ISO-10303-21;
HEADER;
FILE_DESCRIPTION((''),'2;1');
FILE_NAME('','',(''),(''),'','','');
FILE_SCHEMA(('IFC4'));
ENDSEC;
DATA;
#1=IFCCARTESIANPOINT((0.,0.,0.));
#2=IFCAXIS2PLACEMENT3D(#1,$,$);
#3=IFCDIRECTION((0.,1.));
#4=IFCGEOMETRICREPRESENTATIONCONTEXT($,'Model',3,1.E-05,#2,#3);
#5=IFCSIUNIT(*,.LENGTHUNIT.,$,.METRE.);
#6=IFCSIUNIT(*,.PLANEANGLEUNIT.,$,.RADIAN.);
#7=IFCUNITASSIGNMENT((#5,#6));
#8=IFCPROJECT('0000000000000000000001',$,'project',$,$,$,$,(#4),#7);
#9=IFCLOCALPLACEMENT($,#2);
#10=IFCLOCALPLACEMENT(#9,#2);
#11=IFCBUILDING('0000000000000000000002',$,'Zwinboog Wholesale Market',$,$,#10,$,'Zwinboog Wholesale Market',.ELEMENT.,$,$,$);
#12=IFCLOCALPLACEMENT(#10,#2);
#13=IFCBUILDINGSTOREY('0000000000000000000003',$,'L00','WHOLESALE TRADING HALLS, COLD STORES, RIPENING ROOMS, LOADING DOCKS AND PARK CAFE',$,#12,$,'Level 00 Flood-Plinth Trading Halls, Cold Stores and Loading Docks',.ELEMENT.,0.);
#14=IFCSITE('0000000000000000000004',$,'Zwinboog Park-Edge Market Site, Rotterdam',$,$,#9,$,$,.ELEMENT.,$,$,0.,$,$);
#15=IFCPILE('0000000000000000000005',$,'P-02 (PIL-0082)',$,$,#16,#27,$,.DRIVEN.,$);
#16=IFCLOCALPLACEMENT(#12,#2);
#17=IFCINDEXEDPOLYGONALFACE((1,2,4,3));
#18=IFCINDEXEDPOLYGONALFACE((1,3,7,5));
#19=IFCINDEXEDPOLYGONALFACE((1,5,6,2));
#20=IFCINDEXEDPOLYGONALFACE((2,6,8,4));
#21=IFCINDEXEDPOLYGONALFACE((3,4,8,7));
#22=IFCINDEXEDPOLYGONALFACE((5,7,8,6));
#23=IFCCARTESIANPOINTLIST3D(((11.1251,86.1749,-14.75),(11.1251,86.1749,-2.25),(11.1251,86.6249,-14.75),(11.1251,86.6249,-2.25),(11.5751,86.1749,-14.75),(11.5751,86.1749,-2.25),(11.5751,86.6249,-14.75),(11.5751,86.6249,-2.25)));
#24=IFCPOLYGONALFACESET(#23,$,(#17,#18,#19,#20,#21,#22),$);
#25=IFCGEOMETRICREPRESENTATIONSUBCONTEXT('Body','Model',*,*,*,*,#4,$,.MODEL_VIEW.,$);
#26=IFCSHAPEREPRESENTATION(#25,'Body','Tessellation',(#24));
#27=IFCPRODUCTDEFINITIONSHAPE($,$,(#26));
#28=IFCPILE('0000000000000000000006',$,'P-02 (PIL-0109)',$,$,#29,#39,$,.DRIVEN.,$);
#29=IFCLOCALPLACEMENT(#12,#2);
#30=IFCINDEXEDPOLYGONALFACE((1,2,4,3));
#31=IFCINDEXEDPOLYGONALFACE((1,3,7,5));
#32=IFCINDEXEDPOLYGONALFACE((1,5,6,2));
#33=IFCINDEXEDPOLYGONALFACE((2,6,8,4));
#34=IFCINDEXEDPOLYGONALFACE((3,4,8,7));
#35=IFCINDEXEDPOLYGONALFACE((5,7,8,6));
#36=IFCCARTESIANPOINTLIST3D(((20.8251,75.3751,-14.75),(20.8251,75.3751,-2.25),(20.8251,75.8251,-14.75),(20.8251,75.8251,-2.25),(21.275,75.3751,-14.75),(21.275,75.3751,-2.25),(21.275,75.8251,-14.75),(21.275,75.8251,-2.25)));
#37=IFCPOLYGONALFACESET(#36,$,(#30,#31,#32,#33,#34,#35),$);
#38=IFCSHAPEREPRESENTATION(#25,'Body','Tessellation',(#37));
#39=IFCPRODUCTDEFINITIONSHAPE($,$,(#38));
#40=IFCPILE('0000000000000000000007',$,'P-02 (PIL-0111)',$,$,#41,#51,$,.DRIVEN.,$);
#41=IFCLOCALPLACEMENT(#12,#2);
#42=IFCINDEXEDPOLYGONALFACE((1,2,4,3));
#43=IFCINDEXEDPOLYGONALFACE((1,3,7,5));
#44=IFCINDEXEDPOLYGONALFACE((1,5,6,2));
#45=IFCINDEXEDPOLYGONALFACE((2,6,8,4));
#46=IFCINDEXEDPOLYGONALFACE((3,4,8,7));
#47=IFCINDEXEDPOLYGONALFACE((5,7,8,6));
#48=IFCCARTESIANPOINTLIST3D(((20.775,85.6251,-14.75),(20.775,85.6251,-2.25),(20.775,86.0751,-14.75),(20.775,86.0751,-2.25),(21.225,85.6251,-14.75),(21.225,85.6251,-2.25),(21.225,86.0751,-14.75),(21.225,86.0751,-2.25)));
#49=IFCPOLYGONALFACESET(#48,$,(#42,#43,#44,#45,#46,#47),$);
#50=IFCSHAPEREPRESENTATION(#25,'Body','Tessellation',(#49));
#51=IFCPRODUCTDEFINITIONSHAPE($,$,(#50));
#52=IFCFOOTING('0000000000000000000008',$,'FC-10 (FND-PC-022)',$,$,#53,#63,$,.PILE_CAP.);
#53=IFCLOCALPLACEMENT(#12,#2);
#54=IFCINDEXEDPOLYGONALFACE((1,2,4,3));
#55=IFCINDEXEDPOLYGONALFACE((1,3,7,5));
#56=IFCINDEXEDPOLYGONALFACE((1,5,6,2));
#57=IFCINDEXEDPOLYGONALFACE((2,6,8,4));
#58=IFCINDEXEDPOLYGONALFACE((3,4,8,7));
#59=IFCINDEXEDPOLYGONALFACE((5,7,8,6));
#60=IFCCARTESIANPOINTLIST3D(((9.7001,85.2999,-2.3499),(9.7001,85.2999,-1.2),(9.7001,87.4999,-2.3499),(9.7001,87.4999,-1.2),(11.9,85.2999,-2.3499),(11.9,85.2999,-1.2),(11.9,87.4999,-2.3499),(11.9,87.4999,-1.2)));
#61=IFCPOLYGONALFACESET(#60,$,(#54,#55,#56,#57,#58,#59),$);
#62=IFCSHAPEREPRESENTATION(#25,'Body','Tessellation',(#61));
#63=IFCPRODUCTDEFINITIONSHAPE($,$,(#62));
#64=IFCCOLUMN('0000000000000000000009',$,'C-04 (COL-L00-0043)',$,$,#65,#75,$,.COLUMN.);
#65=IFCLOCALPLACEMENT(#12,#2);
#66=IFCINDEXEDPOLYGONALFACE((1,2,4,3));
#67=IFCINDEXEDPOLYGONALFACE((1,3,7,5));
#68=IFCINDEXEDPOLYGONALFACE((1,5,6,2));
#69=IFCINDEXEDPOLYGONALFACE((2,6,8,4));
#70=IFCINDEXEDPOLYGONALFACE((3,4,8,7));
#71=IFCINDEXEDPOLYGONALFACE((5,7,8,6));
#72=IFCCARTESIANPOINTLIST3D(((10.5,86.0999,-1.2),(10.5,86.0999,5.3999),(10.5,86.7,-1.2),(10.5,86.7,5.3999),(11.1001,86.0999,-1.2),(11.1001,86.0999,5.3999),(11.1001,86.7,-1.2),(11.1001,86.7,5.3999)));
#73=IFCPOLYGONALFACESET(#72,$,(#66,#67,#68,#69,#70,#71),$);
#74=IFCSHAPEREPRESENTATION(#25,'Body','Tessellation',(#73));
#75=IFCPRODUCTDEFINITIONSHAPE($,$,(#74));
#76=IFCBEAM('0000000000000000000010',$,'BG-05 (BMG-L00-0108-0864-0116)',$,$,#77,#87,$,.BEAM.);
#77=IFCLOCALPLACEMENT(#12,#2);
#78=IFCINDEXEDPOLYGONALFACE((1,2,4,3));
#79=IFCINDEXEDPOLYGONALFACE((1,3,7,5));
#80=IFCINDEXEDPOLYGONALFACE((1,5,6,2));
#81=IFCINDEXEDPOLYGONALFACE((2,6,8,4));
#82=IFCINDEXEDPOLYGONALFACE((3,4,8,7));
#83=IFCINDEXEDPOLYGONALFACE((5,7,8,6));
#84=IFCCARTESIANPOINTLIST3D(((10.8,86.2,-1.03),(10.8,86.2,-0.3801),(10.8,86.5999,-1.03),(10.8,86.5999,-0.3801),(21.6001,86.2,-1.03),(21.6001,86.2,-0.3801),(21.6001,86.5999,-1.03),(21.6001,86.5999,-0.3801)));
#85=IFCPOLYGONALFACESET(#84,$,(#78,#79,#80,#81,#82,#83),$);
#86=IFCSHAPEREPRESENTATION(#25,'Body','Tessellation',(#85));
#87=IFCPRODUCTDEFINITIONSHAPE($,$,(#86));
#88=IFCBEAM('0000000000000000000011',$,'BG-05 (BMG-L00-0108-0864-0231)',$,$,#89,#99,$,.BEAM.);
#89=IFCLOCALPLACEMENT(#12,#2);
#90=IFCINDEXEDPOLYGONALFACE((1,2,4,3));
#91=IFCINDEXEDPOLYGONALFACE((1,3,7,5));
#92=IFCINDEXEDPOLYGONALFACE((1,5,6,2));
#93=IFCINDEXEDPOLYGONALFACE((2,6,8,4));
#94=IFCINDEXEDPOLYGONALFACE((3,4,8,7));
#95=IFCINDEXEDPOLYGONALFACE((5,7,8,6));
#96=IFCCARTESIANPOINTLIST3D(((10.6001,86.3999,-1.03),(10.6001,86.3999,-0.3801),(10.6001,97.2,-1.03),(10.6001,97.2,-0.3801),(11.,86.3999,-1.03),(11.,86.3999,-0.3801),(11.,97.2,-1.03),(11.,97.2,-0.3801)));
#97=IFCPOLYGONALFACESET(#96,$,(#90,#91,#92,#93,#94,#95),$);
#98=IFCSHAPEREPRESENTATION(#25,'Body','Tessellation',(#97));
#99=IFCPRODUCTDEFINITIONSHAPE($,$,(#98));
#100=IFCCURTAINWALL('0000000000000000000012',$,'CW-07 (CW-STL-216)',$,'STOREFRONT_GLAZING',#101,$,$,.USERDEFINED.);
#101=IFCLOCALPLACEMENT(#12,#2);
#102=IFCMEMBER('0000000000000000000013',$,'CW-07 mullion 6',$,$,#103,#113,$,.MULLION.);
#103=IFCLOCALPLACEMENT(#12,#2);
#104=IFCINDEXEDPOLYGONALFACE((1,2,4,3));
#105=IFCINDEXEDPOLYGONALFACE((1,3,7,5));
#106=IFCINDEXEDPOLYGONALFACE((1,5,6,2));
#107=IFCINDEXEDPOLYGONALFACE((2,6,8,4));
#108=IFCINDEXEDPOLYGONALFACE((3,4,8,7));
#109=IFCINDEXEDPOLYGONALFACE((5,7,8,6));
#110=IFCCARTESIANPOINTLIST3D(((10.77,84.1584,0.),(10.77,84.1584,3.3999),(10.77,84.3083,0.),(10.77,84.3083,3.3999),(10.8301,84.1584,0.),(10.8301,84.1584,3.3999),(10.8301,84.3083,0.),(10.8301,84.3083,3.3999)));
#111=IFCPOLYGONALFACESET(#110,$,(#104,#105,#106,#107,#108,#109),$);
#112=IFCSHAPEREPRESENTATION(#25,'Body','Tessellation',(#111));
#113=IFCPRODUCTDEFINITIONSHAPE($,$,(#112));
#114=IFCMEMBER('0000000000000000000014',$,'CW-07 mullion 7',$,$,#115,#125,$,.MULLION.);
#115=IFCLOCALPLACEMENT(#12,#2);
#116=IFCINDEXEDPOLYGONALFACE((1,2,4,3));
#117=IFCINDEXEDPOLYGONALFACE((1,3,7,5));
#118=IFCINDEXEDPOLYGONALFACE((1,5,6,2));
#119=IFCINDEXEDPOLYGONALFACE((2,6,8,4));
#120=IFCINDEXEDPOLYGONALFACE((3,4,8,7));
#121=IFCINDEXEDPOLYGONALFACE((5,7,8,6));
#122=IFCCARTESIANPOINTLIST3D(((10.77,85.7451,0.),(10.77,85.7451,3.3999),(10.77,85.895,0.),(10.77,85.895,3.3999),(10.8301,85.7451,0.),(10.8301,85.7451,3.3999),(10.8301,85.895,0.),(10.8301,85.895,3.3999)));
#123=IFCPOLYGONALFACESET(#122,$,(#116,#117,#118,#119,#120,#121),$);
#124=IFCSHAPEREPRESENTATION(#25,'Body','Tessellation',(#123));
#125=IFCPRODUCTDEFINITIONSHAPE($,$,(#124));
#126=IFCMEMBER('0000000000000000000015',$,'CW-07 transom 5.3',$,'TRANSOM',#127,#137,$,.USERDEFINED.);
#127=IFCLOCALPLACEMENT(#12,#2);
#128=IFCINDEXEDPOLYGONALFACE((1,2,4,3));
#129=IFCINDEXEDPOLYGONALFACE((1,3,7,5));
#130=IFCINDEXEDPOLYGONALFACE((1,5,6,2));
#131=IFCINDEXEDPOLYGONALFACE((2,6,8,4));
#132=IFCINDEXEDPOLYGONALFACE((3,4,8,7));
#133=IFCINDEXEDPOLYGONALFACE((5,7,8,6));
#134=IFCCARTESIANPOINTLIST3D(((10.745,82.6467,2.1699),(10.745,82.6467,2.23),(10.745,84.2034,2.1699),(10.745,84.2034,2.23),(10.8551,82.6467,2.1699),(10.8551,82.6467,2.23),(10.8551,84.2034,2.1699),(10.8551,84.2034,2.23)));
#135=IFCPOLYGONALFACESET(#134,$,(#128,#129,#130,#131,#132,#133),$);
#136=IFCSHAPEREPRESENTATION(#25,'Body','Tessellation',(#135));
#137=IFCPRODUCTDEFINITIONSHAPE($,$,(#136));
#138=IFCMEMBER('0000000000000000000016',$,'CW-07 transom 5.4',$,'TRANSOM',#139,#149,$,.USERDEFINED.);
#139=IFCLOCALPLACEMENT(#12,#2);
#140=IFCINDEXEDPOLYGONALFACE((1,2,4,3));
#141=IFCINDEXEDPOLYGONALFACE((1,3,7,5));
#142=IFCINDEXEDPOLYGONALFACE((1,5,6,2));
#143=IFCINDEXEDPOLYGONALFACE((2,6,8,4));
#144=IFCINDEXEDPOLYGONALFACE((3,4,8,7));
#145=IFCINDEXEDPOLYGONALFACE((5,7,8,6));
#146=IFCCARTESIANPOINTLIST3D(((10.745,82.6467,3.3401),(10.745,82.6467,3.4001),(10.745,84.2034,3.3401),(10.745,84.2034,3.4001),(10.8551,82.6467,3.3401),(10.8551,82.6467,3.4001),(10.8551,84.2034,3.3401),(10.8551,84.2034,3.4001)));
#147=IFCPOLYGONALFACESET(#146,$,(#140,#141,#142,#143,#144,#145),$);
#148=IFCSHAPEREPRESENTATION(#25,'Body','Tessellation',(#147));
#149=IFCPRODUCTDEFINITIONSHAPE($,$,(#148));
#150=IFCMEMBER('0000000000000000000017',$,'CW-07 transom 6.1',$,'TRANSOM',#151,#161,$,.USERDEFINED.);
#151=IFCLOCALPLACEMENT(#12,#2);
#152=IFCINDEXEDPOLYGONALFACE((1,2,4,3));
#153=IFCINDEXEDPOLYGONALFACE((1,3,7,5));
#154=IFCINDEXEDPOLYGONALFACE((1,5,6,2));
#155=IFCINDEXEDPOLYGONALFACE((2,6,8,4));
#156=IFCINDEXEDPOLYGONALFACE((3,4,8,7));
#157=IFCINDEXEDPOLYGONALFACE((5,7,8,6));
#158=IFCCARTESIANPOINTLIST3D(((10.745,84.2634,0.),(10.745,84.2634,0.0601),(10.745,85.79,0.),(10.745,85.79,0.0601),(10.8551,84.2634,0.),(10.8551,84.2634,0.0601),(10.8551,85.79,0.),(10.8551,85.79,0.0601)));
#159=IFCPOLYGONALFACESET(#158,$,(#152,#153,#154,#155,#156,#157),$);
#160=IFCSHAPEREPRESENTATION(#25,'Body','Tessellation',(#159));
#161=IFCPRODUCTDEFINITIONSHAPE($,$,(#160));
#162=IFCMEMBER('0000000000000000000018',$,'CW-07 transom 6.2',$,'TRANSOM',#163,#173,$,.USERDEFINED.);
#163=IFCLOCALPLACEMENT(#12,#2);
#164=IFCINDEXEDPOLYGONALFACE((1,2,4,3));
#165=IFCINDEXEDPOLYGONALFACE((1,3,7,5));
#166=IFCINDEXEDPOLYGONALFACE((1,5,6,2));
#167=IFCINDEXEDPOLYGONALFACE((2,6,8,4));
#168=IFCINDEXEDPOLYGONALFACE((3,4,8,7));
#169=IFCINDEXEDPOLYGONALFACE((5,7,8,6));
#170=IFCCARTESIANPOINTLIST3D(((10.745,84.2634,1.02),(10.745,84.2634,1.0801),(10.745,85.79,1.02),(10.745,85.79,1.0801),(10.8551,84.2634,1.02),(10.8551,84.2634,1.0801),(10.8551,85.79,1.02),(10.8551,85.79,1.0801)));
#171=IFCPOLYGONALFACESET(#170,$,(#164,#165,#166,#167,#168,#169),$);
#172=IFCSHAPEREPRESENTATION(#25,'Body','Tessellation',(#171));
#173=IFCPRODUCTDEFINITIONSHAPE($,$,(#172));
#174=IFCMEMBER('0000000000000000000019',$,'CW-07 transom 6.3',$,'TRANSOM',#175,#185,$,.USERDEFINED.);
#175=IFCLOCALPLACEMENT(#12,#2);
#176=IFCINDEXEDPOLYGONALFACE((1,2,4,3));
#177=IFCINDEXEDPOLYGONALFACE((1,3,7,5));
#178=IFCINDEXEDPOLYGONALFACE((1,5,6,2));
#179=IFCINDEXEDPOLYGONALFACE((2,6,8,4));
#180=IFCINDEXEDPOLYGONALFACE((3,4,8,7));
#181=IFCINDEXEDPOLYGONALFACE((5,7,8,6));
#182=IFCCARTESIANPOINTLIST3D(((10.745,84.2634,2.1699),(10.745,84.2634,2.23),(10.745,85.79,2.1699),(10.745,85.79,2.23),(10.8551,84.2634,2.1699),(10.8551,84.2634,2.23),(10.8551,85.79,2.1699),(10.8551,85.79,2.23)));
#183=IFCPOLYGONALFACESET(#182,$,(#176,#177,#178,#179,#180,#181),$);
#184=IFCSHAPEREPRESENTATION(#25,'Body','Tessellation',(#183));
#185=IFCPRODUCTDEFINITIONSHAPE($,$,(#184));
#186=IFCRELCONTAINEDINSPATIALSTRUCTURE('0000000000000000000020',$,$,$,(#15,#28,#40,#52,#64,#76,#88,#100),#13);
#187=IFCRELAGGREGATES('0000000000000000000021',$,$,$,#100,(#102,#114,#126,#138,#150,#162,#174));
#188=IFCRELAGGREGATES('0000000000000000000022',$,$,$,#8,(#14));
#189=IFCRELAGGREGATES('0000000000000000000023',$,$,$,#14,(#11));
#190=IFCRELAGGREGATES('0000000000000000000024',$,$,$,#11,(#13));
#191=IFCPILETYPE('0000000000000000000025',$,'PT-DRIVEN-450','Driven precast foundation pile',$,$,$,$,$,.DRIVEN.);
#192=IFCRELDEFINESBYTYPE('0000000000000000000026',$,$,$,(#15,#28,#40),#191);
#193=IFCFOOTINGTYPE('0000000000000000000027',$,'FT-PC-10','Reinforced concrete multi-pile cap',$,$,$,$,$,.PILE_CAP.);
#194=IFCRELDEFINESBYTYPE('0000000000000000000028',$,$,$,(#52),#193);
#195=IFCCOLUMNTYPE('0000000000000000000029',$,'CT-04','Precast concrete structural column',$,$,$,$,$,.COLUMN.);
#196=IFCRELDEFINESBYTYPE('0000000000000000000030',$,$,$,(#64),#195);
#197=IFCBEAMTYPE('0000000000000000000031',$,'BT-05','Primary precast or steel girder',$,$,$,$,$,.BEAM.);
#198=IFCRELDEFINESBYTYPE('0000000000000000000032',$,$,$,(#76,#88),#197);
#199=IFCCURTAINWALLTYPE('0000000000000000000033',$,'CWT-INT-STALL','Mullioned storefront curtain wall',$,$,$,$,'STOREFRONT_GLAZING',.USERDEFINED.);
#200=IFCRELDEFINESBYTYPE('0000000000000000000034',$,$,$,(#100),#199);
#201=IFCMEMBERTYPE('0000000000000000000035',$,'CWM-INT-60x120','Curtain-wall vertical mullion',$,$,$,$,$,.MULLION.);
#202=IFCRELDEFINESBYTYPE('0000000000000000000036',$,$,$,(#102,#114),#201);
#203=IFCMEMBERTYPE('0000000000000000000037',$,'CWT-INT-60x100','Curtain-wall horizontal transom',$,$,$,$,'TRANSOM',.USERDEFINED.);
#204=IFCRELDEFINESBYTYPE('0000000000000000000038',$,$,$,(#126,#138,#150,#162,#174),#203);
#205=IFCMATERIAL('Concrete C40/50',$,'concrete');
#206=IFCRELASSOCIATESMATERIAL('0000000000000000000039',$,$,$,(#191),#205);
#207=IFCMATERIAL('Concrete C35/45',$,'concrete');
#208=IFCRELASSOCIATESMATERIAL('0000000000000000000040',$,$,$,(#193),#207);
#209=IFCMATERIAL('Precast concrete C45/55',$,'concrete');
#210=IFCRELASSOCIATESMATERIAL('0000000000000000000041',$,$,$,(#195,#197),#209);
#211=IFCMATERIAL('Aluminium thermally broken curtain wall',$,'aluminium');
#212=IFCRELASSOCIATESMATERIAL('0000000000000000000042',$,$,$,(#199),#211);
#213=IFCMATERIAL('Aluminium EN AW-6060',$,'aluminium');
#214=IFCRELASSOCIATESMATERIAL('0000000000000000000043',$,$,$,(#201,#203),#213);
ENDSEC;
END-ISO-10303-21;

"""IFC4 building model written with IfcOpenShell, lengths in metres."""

from ifc_helpers import new_model, si_unit, direction, frame, origin, origin_2d, place, context, subcontext, project, spatial, rectangle, extrude, material, material_profile, profile_set, type_object, element, aggregate, save


model = new_model("IFC4")

# Units and contexts
model_context = context("Model", 3, precision=1e-05, world=origin(), true_north=direction((0.0, 1.0)))
body_context = subcontext(model_context, "Body", "Model", "MODEL_VIEW")
ifc_project = project(units=[si_unit("LENGTHUNIT", "METRE"), si_unit("PLANEANGLEUNIT", "RADIAN")], contexts=[model_context])

# Site, building, storey
site_placement = place(None, origin())
site = spatial("IfcSite", under=ifc_project, at=site_placement, Name="Zwinboog Park-Edge Market Site, Rotterdam", CompositionType="ELEMENT", RefElevation=0.0)
building_placement = place(site_placement, origin())
building = spatial("IfcBuilding", under=site, at=building_placement, Name="Zwinboog Wholesale Market", LongName="Zwinboog Wholesale Market", CompositionType="ELEMENT")
storey_placement = place(building_placement, origin())
storey = spatial("IfcBuildingStorey", under=building, at=storey_placement, Name="L00", Description="WHOLESALE TRADING HALLS, COLD STORES, RIPENING ROOMS, LOADING DOCKS AND PARK CAFE", LongName="Level 00 Flood-Plinth Trading Halls, Cold Stores and Loading Docks", CompositionType="ELEMENT", Elevation=0.0)

# Piles
ifc_material_1 = material(Name="Concrete C40/50", Category="concrete")
ifc_material_profile_1 = material_profile(ifc_material_1, rectangle(XDim=0.45, YDim=0.45, at=origin_2d()), Name="PILE SQ450")
ifc_profile_set_1 = profile_set([ifc_material_profile_1], Name="Concrete C40/50")
pile_type = type_object("IfcPileType", Name="PT-DRIVEN-450", Description="Driven precast foundation pile", PredefinedType="DRIVEN", material=ifc_profile_set_1)
for number, where, z_axis, x_axis, name in (
    (1, (11.3501, 86.3999, -2.25), (0.0, 0.0, -1.0), (1.0, 0.0, 0.0), "P-02 (PIL-0082)"),
    (2, (21.05, 75.6001, -2.25), (0.0, 0.0, -1.0), (1.0, 0.0, 0.0), "P-02 (PIL-0109)"),
    (3, (21.0, 85.8501, -2.25), (0.0, 0.0, -1.0), (1.0, 0.0, 0.0), "P-02 (PIL-0111)"),
):
    element("IfcPile", number, at=place(storey_placement, frame(where, z_axis=z_axis, x_axis=x_axis)), inside=storey, type_object=pile_type, Name=name, PredefinedType="DRIVEN", context=body_context, shape_type="SweptSolid", body=[
        extrude(rectangle(XDim=0.45, YDim=0.45, at=origin_2d()), origin(), (0.0, 0.0, 1.0), 12.5),
    ])

# Footing
ifc_material_2 = material(Name="Concrete C35/45", Category="concrete")
footing_type = type_object("IfcFootingType", Name="FT-PC-10", Description="Reinforced concrete multi-pile cap", PredefinedType="PILE_CAP", material=ifc_material_2)
footing_placement = place(storey_placement, frame((10.8, 86.3999, -2.3499), z_axis=(0.0, 0.0, 1.0), x_axis=(1.0, 0.0, 0.0)))
element("IfcFooting", 4, at=footing_placement, inside=storey, type_object=footing_type, Name="FC-10 (FND-PC-022)", PredefinedType="PILE_CAP", context=body_context, shape_type="SweptSolid", body=[
    extrude(rectangle(XDim=2.2, YDim=2.2, at=origin_2d()), origin(), (0.0, 0.0, 1.0), 1.1499),
])

# Column
ifc_material_3 = material(Name="Precast concrete C45/55", Category="concrete")
ifc_material_profile_2 = material_profile(ifc_material_3, rectangle(XDim=0.6001, YDim=0.6001, at=origin_2d()), Name="PC 600x600")
ifc_profile_set_2 = profile_set([ifc_material_profile_2], Name="Precast concrete C45/55")
column_type = type_object("IfcColumnType", Name="CT-04", Description="Precast concrete structural column", PredefinedType="COLUMN", material=ifc_profile_set_2)
column_placement = place(storey_placement, frame((10.8, 86.3999, -1.2), z_axis=(0.0, 0.0, 1.0), x_axis=(1.0, 0.0, 0.0)))
element("IfcColumn", 5, at=column_placement, inside=storey, type_object=column_type, Name="C-04 (COL-L00-0043)", PredefinedType="COLUMN", context=body_context, shape_type="SweptSolid", body=[
    extrude(rectangle(XDim=0.6001, YDim=0.6001, at=origin_2d()), origin(), (0.0, 0.0, 1.0), 6.5999),
])

# Beams
ifc_material_profile_3 = material_profile(ifc_material_3, rectangle(XDim=0.3999, YDim=0.6499, at=origin_2d()), Name="PC 400x650")
ifc_profile_set_3 = profile_set([ifc_material_profile_3], Name="Precast concrete C45/55")
beam_type = type_object("IfcBeamType", Name="BT-05", Description="Primary precast or steel girder", PredefinedType="BEAM", material=ifc_profile_set_3)
for number, where, z_axis, x_axis, name in (
    (6, (10.8, 86.3999, -0.7051), (1.0, 0.0, 0.0), (0.0, 1.0, 0.0), "BG-05 (BMG-L00-0108-0864-0116)"),
    (7, (10.8, 86.3999, -0.7051), (0.0, 1.0, 0.0), (-1.0, 0.0, 0.0), "BG-05 (BMG-L00-0108-0864-0231)"),
):
    element("IfcBeam", number, at=place(storey_placement, frame(where, z_axis=z_axis, x_axis=x_axis)), inside=storey, type_object=beam_type, Name=name, PredefinedType="BEAM", context=body_context, shape_type="SweptSolid", body=[
        extrude(rectangle(XDim=0.3999, YDim=0.6499, at=origin_2d()), origin(), (0.0, 0.0, 1.0), 10.8),
    ])

# Curtain wall, members
ifc_material_4 = material(Name="Aluminium thermally broken curtain wall", Category="aluminium")
curtain_wall_type = type_object("IfcCurtainWallType", Name="CWT-INT-STALL", Description="Mullioned storefront curtain wall", ElementType="STOREFRONT_GLAZING", PredefinedType="USERDEFINED", material=ifc_material_4)
curtain_wall_placement = place(storey_placement, origin())
curtain_wall = element("IfcCurtainWall", 8, at=curtain_wall_placement, inside=storey, type_object=curtain_wall_type, Name="CW-07 (CW-STL-216)", ObjectType="STOREFRONT_GLAZING", PredefinedType="USERDEFINED")
ifc_material_5 = material(Name="Aluminium EN AW-6060", Category="aluminium")
ifc_material_profile_4 = material_profile(ifc_material_5, rectangle(XDim=0.0601, YDim=0.1499, at=origin_2d()), Name="AL 60x150")
ifc_profile_set_4 = profile_set([ifc_material_profile_4], Name="Aluminium EN AW-6060")
member_type_1 = type_object("IfcMemberType", Name="CWM-INT-60x120", Description="Curtain-wall vertical mullion", PredefinedType="MULLION", material=ifc_profile_set_4)
member_1_placement = place(storey_placement, frame((10.8, 84.2334, 0.0), z_axis=(0.0, 0.0, 1.0), x_axis=(-1.0, 0.0, 0.0)))
member_1 = element("IfcMember", 9, at=member_1_placement, type_object=member_type_1, Name="CW-07 mullion 6", PredefinedType="MULLION", context=body_context, shape_type="SweptSolid", body=[
    extrude(rectangle(XDim=0.0601, YDim=0.1499, at=origin_2d()), origin(), (0.0, 0.0, 1.0), 3.3999),
])
member_2_placement = place(storey_placement, frame((10.8, 85.8201, 0.0), z_axis=(0.0, 0.0, 1.0), x_axis=(-1.0, 0.0, 0.0)))
member_2 = element("IfcMember", 10, at=member_2_placement, type_object=member_type_1, Name="CW-07 mullion 7", PredefinedType="MULLION", context=body_context, shape_type="SweptSolid", body=[
    extrude(rectangle(XDim=0.0601, YDim=0.1499, at=origin_2d()), origin(), (0.0, 0.0, 1.0), 3.3999),
])
ifc_material_profile_5 = material_profile(ifc_material_5, rectangle(XDim=0.1101, YDim=0.0601, at=origin_2d()), Name="AL 60x110")
ifc_profile_set_5 = profile_set([ifc_material_profile_5], Name="Aluminium EN AW-6060")
member_type_2 = type_object("IfcMemberType", Name="CWT-INT-60x100", Description="Curtain-wall horizontal transom", ElementType="TRANSOM", PredefinedType="USERDEFINED", material=ifc_profile_set_5)
member_3_placement = place(storey_placement, frame((10.8, 82.6467, 2.2), z_axis=(0.0, 1.0, 0.0), x_axis=(-1.0, 0.0, 0.0)))
member_3 = element("IfcMember", 11, at=member_3_placement, type_object=member_type_2, Name="CW-07 transom 5.3", ObjectType="TRANSOM", PredefinedType="USERDEFINED", context=body_context, shape_type="SweptSolid", body=[
    extrude(rectangle(XDim=0.1101, YDim=0.0601, at=origin_2d()), origin(), (0.0, 0.0, 1.0), 1.5566),
])
member_4_placement = place(storey_placement, frame((10.8, 82.6467, 3.3701), z_axis=(0.0, 1.0, 0.0), x_axis=(-1.0, 0.0, 0.0)))
member_4 = element("IfcMember", 12, at=member_4_placement, type_object=member_type_2, Name="CW-07 transom 5.4", ObjectType="TRANSOM", PredefinedType="USERDEFINED", context=body_context, shape_type="SweptSolid", body=[
    extrude(rectangle(XDim=0.1101, YDim=0.0601, at=origin_2d()), origin(), (0.0, 0.0, 1.0), 1.5566),
])
member_5_placement = place(storey_placement, frame((10.8, 84.2634, 0.03), z_axis=(0.0, 1.0, 0.0), x_axis=(-1.0, 0.0, 0.0)))
member_5 = element("IfcMember", 13, at=member_5_placement, type_object=member_type_2, Name="CW-07 transom 6.1", ObjectType="TRANSOM", PredefinedType="USERDEFINED", context=body_context, shape_type="SweptSolid", body=[
    extrude(rectangle(XDim=0.1101, YDim=0.0601, at=origin_2d()), origin(), (0.0, 0.0, 1.0), 1.5266),
])
member_6_placement = place(storey_placement, frame((10.8, 84.2634, 1.05), z_axis=(0.0, 1.0, 0.0), x_axis=(-1.0, 0.0, 0.0)))
member_6 = element("IfcMember", 14, at=member_6_placement, type_object=member_type_2, Name="CW-07 transom 6.2", ObjectType="TRANSOM", PredefinedType="USERDEFINED", context=body_context, shape_type="SweptSolid", body=[
    extrude(rectangle(XDim=0.1101, YDim=0.0601, at=origin_2d()), origin(), (0.0, 0.0, 1.0), 1.5266),
])
member_7_placement = place(storey_placement, frame((10.8, 84.2634, 2.2), z_axis=(0.0, 1.0, 0.0), x_axis=(-1.0, 0.0, 0.0)))
member_7 = element("IfcMember", 15, at=member_7_placement, type_object=member_type_2, Name="CW-07 transom 6.3", ObjectType="TRANSOM", PredefinedType="USERDEFINED", context=body_context, shape_type="SweptSolid", body=[
    extrude(rectangle(XDim=0.1101, YDim=0.0601, at=origin_2d()), origin(), (0.0, 0.0, 1.0), 1.5266),
])
aggregate(curtain_wall, [member_1, member_2, member_3, member_4, member_5, member_6, member_7])

save(model, "model.ifc")
